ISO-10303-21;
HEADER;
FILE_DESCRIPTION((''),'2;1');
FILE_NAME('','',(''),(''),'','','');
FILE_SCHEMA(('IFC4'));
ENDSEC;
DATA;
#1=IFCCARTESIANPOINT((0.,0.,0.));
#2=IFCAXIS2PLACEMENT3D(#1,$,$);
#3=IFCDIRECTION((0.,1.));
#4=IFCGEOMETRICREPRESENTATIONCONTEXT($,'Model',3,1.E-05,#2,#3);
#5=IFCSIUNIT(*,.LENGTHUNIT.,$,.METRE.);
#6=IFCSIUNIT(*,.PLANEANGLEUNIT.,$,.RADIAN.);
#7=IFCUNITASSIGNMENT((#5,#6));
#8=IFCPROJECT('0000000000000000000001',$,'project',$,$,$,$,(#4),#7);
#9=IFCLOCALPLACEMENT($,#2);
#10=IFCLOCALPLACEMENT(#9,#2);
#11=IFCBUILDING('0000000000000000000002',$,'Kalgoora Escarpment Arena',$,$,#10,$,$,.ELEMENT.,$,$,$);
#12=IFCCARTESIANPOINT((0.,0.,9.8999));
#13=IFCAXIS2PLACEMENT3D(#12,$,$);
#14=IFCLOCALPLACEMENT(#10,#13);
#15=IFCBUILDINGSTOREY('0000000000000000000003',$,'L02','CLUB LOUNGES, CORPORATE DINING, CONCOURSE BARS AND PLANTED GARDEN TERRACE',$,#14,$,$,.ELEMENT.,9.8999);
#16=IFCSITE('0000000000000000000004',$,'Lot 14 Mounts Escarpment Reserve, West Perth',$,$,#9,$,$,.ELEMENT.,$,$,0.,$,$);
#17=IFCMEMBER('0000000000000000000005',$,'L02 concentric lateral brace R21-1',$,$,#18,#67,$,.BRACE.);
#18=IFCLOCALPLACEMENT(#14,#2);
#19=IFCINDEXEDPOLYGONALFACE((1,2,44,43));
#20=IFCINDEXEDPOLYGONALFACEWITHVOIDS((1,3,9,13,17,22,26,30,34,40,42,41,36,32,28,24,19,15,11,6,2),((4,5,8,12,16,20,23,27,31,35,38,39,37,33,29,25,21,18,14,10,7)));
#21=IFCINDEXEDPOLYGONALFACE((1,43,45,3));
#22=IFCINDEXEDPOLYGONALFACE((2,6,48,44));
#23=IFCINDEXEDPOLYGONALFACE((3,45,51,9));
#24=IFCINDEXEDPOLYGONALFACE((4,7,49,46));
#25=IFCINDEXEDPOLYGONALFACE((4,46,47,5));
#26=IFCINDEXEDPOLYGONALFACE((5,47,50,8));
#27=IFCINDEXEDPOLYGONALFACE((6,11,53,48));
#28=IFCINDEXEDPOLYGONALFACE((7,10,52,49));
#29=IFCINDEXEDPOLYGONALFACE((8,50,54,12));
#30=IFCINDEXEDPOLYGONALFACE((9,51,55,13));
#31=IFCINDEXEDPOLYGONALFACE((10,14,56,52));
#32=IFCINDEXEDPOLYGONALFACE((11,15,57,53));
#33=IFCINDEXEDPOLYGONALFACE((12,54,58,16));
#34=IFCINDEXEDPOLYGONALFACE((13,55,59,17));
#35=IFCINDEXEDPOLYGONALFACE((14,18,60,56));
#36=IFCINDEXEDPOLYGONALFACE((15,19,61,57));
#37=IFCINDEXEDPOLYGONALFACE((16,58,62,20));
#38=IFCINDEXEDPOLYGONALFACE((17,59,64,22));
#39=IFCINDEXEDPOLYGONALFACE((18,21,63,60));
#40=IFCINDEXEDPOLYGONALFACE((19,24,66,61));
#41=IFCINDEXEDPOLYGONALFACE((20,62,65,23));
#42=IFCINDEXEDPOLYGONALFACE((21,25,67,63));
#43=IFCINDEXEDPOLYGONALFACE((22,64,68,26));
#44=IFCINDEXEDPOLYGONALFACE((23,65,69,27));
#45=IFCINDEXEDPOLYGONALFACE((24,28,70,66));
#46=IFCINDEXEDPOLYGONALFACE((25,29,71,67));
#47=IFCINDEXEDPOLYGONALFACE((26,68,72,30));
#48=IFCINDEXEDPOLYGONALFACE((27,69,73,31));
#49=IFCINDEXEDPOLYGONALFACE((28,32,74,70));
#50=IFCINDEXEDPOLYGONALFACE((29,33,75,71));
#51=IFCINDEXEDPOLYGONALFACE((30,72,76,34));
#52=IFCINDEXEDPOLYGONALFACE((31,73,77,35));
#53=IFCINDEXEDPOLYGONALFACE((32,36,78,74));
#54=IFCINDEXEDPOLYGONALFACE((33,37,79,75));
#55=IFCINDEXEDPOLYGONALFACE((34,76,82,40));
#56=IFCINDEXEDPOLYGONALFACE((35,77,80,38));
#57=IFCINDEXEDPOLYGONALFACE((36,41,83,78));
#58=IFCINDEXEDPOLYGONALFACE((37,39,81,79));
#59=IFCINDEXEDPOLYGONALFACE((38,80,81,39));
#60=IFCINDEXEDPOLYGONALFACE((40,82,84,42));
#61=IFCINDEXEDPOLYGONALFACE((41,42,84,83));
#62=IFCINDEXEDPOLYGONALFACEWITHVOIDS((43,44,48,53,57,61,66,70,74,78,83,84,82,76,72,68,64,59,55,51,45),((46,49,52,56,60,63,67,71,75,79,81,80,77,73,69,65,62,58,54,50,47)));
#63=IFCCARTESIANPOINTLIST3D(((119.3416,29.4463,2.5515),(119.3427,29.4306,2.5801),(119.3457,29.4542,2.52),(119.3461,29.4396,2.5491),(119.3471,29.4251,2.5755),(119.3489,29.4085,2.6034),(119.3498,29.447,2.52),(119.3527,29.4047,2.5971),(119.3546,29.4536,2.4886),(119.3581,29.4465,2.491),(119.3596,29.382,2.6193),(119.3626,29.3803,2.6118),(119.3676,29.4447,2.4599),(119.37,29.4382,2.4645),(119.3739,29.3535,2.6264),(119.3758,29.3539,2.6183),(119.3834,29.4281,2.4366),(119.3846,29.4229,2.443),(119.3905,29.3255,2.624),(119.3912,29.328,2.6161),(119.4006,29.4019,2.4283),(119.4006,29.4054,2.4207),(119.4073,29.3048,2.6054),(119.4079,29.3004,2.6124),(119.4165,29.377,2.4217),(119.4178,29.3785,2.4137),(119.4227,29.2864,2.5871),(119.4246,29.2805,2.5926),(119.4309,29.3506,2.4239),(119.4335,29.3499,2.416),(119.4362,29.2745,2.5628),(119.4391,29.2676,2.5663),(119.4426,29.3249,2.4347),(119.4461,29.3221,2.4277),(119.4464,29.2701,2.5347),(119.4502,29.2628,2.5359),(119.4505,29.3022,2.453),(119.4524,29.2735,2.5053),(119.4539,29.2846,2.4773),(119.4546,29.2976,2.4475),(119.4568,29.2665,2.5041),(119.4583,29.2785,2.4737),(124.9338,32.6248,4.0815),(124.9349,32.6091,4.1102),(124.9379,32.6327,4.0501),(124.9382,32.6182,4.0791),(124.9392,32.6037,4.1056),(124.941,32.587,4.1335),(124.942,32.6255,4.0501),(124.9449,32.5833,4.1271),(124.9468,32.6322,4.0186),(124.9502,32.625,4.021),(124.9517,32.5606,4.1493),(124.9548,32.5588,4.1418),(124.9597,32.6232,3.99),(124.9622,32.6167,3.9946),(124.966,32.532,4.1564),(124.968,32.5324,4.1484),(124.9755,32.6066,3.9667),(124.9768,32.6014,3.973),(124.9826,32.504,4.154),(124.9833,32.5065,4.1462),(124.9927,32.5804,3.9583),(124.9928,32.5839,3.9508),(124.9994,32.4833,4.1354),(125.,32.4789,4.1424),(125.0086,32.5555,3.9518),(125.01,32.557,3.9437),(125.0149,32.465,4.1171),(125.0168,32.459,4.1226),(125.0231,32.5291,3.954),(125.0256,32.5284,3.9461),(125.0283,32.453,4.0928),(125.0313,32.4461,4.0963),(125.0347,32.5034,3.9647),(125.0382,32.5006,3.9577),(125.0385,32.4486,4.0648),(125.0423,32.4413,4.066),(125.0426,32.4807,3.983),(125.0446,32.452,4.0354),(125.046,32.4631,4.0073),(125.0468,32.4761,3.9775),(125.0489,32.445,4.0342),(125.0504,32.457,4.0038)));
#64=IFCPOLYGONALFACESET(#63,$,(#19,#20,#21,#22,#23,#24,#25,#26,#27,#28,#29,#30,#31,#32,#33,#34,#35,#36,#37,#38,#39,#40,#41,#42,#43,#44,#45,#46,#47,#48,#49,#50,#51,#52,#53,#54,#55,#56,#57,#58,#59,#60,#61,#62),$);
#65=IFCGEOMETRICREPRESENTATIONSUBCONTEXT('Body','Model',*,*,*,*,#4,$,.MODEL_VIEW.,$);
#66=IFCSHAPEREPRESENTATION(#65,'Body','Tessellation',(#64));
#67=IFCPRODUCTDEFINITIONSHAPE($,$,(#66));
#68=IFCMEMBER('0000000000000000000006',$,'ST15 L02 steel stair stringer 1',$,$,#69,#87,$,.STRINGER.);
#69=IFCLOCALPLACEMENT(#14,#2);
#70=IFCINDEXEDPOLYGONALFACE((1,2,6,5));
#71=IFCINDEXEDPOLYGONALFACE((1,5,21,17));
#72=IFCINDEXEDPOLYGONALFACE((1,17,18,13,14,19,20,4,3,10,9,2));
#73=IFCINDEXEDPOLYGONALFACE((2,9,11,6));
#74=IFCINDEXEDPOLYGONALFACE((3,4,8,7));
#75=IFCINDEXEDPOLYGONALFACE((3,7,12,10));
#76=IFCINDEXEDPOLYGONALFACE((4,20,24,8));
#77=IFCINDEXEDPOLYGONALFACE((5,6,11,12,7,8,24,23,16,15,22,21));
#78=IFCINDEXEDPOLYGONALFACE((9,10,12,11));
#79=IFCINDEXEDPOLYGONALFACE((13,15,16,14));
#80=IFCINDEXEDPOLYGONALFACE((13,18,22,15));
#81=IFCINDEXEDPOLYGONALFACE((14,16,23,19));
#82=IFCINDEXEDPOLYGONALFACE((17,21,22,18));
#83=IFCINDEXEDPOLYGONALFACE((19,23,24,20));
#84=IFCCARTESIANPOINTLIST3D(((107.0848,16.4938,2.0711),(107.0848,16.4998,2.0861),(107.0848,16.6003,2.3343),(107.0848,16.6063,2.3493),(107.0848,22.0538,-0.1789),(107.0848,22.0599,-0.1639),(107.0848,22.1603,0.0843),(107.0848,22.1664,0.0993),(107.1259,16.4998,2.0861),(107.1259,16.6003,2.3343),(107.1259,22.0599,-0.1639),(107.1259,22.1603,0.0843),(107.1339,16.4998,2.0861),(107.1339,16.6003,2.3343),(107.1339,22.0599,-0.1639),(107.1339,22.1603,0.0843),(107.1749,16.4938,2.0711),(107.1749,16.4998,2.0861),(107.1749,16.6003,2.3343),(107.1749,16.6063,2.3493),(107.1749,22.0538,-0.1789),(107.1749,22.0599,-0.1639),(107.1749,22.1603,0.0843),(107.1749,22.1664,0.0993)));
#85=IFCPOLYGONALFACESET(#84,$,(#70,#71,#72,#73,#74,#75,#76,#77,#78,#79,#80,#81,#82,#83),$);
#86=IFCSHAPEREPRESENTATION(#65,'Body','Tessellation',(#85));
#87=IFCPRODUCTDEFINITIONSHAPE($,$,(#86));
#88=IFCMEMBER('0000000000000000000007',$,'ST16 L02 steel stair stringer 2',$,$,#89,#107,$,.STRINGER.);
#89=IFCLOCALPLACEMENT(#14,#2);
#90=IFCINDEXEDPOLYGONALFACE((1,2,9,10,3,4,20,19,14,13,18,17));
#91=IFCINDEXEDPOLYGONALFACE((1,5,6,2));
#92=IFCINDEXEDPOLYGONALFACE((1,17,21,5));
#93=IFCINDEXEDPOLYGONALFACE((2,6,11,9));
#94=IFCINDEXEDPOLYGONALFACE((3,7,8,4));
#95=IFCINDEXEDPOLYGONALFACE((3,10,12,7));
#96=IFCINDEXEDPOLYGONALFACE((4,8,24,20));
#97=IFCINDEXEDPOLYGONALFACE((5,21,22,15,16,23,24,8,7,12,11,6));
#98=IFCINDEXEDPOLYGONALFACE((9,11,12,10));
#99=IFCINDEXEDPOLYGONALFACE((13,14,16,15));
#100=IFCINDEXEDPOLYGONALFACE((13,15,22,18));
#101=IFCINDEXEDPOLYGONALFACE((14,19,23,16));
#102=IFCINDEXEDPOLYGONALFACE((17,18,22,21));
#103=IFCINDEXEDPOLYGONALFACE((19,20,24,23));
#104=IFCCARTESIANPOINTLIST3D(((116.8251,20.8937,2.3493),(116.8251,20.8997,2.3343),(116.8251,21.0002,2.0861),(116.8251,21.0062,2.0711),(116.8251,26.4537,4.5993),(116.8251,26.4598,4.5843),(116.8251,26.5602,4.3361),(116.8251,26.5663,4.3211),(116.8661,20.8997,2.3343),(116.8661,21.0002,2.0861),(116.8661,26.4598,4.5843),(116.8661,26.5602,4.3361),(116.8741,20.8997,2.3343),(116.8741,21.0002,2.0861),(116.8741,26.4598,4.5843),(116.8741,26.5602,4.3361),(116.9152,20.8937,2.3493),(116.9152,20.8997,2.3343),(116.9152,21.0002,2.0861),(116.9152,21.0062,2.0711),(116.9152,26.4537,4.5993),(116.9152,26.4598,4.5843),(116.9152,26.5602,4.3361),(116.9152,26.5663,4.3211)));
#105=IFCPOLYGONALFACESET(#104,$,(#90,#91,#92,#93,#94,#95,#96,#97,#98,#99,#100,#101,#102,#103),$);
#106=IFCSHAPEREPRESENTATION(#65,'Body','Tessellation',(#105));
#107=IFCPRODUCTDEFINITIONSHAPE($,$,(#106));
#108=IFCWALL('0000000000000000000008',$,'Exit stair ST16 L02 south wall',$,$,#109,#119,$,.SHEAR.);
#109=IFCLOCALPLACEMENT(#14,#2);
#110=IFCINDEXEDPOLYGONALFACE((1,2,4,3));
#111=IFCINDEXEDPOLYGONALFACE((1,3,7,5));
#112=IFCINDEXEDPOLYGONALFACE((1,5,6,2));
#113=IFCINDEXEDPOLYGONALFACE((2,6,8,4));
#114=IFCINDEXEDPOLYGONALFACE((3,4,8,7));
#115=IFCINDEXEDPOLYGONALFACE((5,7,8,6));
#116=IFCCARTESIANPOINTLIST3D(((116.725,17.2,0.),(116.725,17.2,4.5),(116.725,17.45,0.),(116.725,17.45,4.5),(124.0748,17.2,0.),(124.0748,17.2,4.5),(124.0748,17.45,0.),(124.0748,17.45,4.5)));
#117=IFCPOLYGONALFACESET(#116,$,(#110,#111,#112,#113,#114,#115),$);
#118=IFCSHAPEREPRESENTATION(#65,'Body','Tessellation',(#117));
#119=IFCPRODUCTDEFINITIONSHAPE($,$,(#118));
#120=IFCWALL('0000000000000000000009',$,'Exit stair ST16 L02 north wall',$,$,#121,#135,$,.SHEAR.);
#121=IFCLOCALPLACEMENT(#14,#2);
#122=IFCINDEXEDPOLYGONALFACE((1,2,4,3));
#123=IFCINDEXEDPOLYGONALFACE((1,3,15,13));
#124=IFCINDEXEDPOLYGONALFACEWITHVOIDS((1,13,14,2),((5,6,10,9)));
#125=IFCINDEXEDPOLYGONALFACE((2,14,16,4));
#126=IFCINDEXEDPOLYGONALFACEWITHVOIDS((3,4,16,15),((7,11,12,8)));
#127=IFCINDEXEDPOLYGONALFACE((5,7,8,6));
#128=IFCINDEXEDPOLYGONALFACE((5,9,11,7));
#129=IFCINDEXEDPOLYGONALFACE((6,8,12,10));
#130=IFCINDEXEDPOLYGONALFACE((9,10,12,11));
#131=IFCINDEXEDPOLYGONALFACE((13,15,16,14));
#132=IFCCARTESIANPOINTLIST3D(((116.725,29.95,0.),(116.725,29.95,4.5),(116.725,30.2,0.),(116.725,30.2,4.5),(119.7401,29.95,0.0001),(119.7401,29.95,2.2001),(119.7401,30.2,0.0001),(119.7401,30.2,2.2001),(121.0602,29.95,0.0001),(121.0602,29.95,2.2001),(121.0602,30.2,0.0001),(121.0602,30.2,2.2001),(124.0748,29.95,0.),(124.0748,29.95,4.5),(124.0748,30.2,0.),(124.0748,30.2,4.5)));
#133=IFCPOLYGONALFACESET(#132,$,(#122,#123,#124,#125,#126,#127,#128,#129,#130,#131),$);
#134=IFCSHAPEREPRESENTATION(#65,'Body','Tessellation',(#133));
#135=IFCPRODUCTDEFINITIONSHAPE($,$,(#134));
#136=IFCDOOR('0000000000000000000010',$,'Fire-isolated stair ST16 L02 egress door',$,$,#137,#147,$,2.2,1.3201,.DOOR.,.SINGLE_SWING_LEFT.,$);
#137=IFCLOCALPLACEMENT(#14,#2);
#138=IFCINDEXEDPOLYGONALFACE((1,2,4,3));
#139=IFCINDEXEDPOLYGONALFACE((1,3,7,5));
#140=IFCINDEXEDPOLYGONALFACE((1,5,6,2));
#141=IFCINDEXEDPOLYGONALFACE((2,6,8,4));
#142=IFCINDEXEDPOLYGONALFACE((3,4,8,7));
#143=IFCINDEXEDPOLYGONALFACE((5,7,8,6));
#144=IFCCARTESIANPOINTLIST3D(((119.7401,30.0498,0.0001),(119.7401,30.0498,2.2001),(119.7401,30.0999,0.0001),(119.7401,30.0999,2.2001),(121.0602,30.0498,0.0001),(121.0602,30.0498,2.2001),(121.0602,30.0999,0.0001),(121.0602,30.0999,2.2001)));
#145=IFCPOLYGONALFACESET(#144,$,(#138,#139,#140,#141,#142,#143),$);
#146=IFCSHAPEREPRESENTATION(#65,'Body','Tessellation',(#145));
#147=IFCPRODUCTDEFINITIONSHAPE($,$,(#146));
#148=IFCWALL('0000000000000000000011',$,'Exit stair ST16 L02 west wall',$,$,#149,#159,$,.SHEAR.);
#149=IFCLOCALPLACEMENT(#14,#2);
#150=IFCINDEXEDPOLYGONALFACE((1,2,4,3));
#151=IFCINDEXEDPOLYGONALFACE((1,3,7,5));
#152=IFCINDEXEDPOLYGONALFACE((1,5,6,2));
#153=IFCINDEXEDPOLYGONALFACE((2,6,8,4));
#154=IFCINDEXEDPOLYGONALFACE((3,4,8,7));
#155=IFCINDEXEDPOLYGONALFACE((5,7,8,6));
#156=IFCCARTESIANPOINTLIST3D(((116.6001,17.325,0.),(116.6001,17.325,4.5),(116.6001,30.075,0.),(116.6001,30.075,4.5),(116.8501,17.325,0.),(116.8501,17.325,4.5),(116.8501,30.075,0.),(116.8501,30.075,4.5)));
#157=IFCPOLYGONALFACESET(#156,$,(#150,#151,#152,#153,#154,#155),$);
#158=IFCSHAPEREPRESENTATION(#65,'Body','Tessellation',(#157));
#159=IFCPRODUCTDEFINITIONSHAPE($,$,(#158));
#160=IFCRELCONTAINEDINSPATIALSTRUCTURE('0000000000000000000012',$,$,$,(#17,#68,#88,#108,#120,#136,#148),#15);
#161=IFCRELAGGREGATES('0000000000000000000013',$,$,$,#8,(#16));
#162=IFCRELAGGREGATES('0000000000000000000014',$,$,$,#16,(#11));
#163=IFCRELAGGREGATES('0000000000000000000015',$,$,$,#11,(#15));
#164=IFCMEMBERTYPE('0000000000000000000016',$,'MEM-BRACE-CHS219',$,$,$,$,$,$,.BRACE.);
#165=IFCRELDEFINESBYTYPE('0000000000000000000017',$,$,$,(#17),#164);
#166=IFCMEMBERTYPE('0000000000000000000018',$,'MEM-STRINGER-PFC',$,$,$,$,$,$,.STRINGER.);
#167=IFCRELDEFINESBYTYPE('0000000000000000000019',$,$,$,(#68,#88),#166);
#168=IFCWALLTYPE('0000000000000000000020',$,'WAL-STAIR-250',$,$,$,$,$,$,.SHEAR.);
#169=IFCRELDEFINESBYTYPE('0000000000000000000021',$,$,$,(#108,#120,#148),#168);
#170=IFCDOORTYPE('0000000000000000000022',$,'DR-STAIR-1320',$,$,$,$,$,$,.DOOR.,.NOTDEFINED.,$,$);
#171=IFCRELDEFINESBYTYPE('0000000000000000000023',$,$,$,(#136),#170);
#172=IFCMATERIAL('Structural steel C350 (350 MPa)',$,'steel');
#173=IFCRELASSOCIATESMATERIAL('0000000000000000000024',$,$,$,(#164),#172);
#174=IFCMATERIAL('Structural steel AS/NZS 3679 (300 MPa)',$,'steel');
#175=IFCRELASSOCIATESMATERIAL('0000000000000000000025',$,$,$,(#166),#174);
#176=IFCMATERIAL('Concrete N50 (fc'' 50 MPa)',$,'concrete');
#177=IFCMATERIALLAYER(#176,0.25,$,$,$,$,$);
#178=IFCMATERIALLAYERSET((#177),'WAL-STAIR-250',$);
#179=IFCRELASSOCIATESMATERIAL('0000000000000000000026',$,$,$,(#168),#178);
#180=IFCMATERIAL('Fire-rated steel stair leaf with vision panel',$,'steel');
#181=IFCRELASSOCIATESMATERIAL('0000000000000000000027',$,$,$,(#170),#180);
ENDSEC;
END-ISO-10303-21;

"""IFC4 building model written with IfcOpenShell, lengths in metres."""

from ifc_helpers import new_model, si_unit, direction, frame, frame_2d, origin, origin_2d, place, context, subcontext, project, spatial, rectangle, hollow_circle, i_section, extrude, material, layer, layer_set, material_profile, profile_set, type_object, element, fill, save


model = new_model("IFC4")

# Units and contexts
model_context = context("Model", 3, precision=1e-05, world=origin(), true_north=direction((0.0, 1.0)))
body_context = subcontext(model_context, "Body", "Model", "MODEL_VIEW")
ifc_project = project(units=[si_unit("LENGTHUNIT", "METRE"), si_unit("PLANEANGLEUNIT", "RADIAN")], contexts=[model_context])

# Site, building, storey
site_placement = place(None, origin())
site = spatial("IfcSite", under=ifc_project, at=site_placement, Name="Lot 14 Mounts Escarpment Reserve, West Perth", CompositionType="ELEMENT", RefElevation=0.0)
building_placement = place(site_placement, origin())
building = spatial("IfcBuilding", under=site, at=building_placement, Name="Kalgoora Escarpment Arena", CompositionType="ELEMENT")
storey_placement = place(building_placement, frame((0.0, 0.0, 9.8999)))
storey = spatial("IfcBuildingStorey", under=building, at=storey_placement, Name="L02", Description="CLUB LOUNGES, CORPORATE DINING, CONCOURSE BARS AND PLANTED GARDEN TERRACE", CompositionType="ELEMENT", Elevation=9.8999)

# Members
ifc_material_1 = material(Name="Structural steel C350 (350 MPa)", Category="steel")
ifc_material_profile_1 = material_profile(ifc_material_1, hollow_circle(Radius=0.1096, WallThickness=0.0083, at=origin_2d()))
ifc_profile_set_1 = profile_set([ifc_material_profile_1], Name="Structural steel C350 (350 MPa)")
member_type_1 = type_object("IfcMemberType", Name="MEM-BRACE-CHS219", PredefinedType="BRACE", material=ifc_profile_set_1)
member_placement = place(storey_placement, frame((119.3999, 29.3589, 2.52), z_axis=(0.84578, 0.480734, 0.231412), x_axis=(-0.494147, 0.869378, 0.0)))
element("IfcMember", 1, at=member_placement, inside=storey, type_object=member_type_1, Name="L02 concentric lateral brace R21-1", PredefinedType="BRACE", context=body_context, shape_type="SweptSolid", body=[
    extrude(hollow_circle(Radius=0.1096, WallThickness=0.0083, at=origin_2d()), origin(), (0.0, 0.0, 1.0), 6.6118),
])
ifc_material_2 = material(Name="Structural steel AS/NZS 3679 (300 MPa)", Category="steel")
ifc_material_profile_2 = material_profile(ifc_material_2, i_section(OverallWidth=0.0901, OverallDepth=0.3, WebThickness=0.0081, FlangeThickness=0.0161, at=origin_2d()))
ifc_profile_set_2 = profile_set([ifc_material_profile_2], Name="Structural steel AS/NZS 3679 (300 MPa)")
member_type_2 = type_object("IfcMemberType", Name="MEM-STRINGER-PFC", PredefinedType="STRINGER", material=ifc_profile_set_2)
for number, where, z_axis, x_axis, name in (
    (2, (107.1299, 22.1101, -0.0398), (0.0, -0.926976, 0.375121), (1.0, 0.0, 0.0), "ST15 L02 steel stair stringer 1"),
    (3, (116.8701, 20.95, 2.2102), (0.0, 0.926976, 0.375121), (-1.0, 0.0, 0.0), "ST16 L02 steel stair stringer 2"),
):
    element("IfcMember", number, at=place(storey_placement, frame(where, z_axis=z_axis, x_axis=x_axis)), inside=storey, type_object=member_type_2, Name=name, PredefinedType="STRINGER", context=body_context, shape_type="SweptSolid", body=[
        extrude(i_section(OverallWidth=0.0901, OverallDepth=0.3, WebThickness=0.0081, FlangeThickness=0.0161, at=origin_2d()), origin(), (0.0, 0.0, 1.0), 5.998),
    ])

# Wall
ifc_material_3 = material(Name="Concrete N50 (fc' 50 MPa)", Category="concrete")
ifc_layer_1 = layer(ifc_material_3, 0.25)
ifc_layer_set_1 = layer_set([ifc_layer_1], Name="WAL-STAIR-250")
wall_type_1 = type_object("IfcWallType", Name="WAL-STAIR-250", PredefinedType="SHEAR", material=ifc_layer_set_1)
wall_1_placement = place(storey_placement, frame((116.7251, 17.325, 0.0), z_axis=(0.0, 0.0, 1.0), x_axis=(1.0, 0.0, 0.0)))
element("IfcWall", 4, at=wall_1_placement, inside=storey, type_object=wall_type_1, Name="Exit stair ST16 L02 south wall", PredefinedType="SHEAR", context=body_context, shape_type="SweptSolid", body=[
    extrude(rectangle(XDim=7.3499, YDim=0.25, at=frame_2d((3.6748, 0.0))), origin(), (0.0, 0.0, 1.0), 4.5),
])

# Wall, opening, door
wall_2_placement = place(storey_placement, frame((116.7251, 30.075, 0.0), z_axis=(0.0, 0.0, 1.0), x_axis=(1.0, 0.0, 0.0)))
wall_2 = element("IfcWall", 5, at=wall_2_placement, inside=storey, type_object=wall_type_1, Name="Exit stair ST16 L02 north wall", PredefinedType="SHEAR", context=body_context, shape_type="SweptSolid", body=[
    extrude(rectangle(XDim=7.3499, YDim=0.25, at=frame_2d((3.6748, 0.0))), origin(), (0.0, 0.0, 1.0), 4.5),
])
opening_1_placement = place(wall_2_placement, frame((3.0149, 0.0, 0.0)))
opening_1 = element("IfcOpeningElement", 6, at=opening_1_placement, cuts=wall_2, PredefinedType="OPENING", context=body_context, shape_type="SweptSolid", body=[
    extrude(rectangle(XDim=1.3201, YDim=2.2, at=frame_2d((0.6602, 1.1001))), frame((0.0, 0.135, 0.0), z_axis=(0.0, -1.0, 0.0), x_axis=(1.0, 0.0, 0.0)), (0.0, 0.0, 1.0), 0.27),
])
ifc_material_4 = material(Name="Fire-rated steel stair leaf with vision panel", Category="steel")
door_type_1 = type_object("IfcDoorType", Name="DR-STAIR-1320", OperationType="NOTDEFINED", PredefinedType="DOOR", material=ifc_material_4)
door_1_placement = place(opening_1_placement, origin())
door_1 = element("IfcDoor", 7, at=door_1_placement, inside=storey, type_object=door_type_1, Name="Fire-isolated stair ST16 L02 egress door", OperationType="SINGLE_SWING_LEFT", OverallHeight=2.2, OverallWidth=1.3201, PredefinedType="DOOR", context=body_context, shape_type="SweptSolid", body=[
    extrude(rectangle(XDim=1.3201, YDim=2.2, at=frame_2d((0.6602, 1.1001))), frame((0.0, 0.0249, 0.0), z_axis=(0.0, -1.0, 0.0), x_axis=(1.0, 0.0, 0.0)), (0.0, 0.0, 1.0), 0.05),
])
fill(opening_1, door_1)

# Wall
wall_3_placement = place(storey_placement, frame((116.7251, 17.325, 0.0), z_axis=(0.0, 0.0, 1.0), x_axis=(0.0, 1.0, 0.0)))
element("IfcWall", 8, at=wall_3_placement, inside=storey, type_object=wall_type_1, Name="Exit stair ST16 L02 west wall", PredefinedType="SHEAR", context=body_context, shape_type="SweptSolid", body=[
    extrude(rectangle(XDim=12.75, YDim=0.25, at=frame_2d((6.375, 0.0))), origin(), (0.0, 0.0, 1.0), 4.5),
])

save(model, "model.ifc")
